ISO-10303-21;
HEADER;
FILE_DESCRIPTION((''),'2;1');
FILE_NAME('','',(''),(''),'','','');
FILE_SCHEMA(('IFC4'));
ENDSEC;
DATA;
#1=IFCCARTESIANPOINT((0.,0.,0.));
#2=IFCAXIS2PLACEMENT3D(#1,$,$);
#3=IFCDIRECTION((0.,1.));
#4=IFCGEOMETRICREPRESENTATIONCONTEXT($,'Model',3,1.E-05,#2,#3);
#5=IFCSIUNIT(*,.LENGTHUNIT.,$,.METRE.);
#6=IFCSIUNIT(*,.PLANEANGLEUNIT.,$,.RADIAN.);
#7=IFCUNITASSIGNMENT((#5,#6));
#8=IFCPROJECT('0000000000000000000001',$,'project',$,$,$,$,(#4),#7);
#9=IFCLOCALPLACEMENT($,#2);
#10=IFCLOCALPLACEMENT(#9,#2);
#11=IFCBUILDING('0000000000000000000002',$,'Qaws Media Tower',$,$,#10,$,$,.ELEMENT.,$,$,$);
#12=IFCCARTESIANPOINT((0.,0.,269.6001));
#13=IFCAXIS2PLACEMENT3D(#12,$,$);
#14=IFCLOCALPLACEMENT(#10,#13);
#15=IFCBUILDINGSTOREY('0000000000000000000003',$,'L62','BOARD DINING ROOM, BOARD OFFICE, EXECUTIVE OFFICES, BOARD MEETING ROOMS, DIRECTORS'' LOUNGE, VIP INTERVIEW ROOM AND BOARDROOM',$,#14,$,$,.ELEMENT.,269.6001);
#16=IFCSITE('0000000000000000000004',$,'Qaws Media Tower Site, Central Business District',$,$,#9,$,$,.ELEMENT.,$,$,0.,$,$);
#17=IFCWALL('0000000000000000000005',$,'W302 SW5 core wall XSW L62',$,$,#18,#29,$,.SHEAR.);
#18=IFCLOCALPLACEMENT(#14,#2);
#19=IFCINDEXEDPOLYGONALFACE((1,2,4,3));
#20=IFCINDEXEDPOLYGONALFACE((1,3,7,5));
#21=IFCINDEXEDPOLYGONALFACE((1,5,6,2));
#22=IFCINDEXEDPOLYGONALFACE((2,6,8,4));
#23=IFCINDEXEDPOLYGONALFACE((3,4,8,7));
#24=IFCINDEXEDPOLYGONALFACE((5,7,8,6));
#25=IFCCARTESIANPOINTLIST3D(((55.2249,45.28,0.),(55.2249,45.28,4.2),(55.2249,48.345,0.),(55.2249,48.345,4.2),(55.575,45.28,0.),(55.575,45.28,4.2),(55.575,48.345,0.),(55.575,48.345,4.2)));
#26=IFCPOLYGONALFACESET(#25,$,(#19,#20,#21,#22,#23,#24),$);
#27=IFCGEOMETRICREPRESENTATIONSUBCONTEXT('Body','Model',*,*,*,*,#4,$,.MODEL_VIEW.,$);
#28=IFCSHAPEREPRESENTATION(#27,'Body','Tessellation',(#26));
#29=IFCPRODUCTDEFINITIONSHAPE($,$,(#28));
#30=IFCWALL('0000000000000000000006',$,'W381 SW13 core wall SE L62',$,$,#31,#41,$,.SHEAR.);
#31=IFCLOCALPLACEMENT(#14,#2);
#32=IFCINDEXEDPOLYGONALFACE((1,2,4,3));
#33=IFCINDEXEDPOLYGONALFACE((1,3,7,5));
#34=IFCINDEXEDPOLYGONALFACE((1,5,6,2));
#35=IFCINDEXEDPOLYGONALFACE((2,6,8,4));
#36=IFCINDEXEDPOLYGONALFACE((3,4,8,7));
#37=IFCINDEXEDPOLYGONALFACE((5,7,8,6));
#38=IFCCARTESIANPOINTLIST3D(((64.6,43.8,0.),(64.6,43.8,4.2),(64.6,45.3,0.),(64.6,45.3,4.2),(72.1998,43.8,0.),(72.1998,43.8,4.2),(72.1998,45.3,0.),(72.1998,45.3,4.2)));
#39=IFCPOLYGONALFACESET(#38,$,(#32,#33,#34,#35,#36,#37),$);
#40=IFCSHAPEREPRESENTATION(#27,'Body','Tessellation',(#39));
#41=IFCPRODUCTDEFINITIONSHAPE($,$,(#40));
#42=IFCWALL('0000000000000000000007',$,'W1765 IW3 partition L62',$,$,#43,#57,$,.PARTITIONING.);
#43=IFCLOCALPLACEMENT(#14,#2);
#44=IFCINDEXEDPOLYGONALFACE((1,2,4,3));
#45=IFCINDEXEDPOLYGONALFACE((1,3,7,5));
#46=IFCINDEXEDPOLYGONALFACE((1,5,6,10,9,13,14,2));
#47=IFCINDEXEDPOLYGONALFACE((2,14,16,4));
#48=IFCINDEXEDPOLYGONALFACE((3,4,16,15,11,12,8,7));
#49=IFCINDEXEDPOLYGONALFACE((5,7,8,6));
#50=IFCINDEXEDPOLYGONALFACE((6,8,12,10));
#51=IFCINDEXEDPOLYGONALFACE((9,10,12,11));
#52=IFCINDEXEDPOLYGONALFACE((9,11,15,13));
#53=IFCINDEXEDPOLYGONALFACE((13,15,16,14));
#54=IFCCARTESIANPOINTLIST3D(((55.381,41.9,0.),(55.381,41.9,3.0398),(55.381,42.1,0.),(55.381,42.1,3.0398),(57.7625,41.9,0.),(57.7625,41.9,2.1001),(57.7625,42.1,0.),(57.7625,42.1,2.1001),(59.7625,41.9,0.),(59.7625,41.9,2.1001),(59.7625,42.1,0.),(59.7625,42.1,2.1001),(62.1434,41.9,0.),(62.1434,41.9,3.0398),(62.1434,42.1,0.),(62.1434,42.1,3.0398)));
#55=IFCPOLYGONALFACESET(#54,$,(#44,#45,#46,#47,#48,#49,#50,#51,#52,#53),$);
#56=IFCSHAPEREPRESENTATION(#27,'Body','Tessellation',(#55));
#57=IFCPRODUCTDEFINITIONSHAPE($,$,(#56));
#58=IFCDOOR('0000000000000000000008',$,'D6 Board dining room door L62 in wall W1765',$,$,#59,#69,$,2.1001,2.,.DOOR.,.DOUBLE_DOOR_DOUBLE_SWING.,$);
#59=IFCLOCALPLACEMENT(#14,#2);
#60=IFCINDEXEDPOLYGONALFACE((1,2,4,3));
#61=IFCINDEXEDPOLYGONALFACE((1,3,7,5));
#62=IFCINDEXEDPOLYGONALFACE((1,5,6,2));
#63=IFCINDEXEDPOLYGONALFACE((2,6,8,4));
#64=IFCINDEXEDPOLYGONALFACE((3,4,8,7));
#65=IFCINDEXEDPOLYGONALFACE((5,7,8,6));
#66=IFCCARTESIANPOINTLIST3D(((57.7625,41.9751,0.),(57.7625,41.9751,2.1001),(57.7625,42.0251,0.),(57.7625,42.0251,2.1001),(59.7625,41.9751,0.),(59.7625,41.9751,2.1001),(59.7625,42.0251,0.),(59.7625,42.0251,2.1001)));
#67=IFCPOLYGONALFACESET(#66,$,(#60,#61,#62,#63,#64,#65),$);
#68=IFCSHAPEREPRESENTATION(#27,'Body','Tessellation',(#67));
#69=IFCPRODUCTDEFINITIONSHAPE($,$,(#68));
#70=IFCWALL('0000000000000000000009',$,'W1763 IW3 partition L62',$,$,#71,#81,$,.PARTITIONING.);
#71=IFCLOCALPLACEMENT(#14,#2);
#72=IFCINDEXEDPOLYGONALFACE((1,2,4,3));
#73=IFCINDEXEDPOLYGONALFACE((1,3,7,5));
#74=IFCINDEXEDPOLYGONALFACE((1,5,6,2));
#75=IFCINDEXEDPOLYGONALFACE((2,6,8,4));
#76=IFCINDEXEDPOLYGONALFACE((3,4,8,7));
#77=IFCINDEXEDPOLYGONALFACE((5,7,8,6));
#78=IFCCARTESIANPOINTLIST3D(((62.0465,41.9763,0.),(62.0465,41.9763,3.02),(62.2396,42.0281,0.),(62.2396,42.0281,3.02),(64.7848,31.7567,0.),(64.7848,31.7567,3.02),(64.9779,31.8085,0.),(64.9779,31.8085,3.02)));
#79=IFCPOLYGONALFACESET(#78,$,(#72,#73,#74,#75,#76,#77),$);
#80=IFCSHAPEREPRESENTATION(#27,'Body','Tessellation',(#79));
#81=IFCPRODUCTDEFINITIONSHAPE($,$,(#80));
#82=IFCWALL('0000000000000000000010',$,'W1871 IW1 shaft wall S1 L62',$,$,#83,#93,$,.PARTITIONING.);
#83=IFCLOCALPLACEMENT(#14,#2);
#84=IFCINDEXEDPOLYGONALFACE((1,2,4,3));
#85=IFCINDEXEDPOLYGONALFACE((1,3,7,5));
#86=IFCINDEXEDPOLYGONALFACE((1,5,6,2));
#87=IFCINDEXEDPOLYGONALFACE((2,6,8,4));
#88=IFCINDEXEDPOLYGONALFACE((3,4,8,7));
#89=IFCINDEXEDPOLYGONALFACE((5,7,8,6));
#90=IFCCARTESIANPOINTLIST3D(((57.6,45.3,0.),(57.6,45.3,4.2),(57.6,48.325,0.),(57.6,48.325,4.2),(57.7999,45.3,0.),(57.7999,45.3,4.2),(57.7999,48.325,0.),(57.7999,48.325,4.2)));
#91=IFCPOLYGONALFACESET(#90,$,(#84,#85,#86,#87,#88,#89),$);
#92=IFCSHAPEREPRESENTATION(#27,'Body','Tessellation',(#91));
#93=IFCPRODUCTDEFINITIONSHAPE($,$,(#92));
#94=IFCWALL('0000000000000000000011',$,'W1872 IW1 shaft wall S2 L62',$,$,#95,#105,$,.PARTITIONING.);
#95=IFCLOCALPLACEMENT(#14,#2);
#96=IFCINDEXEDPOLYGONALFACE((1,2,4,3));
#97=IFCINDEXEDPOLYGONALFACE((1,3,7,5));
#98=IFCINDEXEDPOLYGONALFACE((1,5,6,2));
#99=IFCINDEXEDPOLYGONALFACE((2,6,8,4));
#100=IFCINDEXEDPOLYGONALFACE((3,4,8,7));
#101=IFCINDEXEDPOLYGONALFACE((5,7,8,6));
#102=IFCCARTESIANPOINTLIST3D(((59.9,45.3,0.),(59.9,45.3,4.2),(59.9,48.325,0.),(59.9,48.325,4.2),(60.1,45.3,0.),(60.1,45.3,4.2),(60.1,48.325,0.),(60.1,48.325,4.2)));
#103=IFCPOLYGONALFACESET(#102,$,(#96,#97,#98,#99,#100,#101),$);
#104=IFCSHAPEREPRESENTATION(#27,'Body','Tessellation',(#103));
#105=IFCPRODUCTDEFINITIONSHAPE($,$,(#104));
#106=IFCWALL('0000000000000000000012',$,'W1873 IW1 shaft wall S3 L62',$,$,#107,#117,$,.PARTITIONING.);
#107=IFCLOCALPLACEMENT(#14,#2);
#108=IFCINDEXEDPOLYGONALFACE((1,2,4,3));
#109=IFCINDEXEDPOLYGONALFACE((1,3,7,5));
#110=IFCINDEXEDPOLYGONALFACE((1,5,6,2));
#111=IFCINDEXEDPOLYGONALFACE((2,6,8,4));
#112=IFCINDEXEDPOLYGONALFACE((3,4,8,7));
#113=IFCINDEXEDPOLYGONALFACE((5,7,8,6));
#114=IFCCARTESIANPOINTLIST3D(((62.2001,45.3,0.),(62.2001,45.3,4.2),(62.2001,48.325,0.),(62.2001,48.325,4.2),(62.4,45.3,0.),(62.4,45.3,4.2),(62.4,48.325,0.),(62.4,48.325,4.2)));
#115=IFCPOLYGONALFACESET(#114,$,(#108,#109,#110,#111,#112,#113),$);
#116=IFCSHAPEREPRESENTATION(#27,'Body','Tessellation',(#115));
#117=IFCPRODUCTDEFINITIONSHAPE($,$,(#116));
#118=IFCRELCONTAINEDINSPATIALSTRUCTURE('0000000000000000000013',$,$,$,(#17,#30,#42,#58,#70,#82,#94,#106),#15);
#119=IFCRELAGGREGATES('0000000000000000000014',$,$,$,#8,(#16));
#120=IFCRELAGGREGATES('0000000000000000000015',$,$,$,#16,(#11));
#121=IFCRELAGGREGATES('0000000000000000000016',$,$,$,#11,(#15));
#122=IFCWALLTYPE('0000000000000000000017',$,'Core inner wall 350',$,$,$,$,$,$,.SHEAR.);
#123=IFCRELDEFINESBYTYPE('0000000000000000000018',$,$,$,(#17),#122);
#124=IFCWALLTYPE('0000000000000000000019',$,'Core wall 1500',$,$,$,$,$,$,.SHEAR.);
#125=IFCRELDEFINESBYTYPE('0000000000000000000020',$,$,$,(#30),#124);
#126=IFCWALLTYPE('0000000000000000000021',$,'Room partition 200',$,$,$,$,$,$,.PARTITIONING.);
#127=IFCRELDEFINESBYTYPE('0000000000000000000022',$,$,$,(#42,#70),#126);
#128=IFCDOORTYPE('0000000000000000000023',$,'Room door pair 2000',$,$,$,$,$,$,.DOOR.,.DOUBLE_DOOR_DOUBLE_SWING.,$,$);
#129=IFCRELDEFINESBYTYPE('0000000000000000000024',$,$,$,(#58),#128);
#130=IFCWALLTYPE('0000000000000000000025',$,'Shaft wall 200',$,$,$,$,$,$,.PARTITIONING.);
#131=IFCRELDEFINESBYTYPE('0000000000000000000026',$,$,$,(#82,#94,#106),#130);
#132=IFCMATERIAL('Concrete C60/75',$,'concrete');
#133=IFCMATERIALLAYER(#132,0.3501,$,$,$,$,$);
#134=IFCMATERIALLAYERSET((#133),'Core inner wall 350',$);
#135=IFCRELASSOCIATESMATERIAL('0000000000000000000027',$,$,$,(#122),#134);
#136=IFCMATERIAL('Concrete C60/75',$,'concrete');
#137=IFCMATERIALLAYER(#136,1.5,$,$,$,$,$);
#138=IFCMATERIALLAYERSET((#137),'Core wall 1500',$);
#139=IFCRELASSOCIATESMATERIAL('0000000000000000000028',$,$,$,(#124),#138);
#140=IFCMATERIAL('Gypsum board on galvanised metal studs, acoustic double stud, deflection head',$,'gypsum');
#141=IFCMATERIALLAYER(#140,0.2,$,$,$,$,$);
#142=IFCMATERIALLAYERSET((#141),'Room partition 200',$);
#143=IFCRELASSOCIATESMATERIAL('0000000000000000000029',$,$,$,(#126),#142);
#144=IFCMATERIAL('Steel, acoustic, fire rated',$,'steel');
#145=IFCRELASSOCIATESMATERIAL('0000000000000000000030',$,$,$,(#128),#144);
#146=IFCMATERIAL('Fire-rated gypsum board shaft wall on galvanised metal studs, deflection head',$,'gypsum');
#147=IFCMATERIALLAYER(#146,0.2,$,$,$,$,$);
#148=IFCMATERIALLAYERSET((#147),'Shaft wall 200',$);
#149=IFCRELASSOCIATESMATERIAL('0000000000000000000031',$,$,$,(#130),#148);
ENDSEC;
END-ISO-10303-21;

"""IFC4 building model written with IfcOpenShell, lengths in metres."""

from ifc_helpers import new_model, si_unit, direction, frame, frame_2d, origin, place, context, subcontext, project, spatial, rectangle, extrude, material, layer, layer_set, type_object, element, fill, save


model = new_model("IFC4")

# Units and contexts
model_context = context("Model", 3, precision=1e-05, world=origin(), true_north=direction((0.0, 1.0)))
body_context = subcontext(model_context, "Body", "Model", "MODEL_VIEW")
ifc_project = project(units=[si_unit("LENGTHUNIT", "METRE"), si_unit("PLANEANGLEUNIT", "RADIAN")], contexts=[model_context])

# Site, building, storey
site_placement = place(None, origin())
site = spatial("IfcSite", under=ifc_project, at=site_placement, Name="Qaws Media Tower Site, Central Business District", CompositionType="ELEMENT", RefElevation=0.0)
building_placement = place(site_placement, origin())
building = spatial("IfcBuilding", under=site, at=building_placement, Name="Qaws Media Tower", CompositionType="ELEMENT")
storey_placement = place(building_placement, frame((0.0, 0.0, 269.6001)))
storey = spatial("IfcBuildingStorey", under=building, at=storey_placement, Name="L62", Description="BOARD DINING ROOM, BOARD OFFICE, EXECUTIVE OFFICES, BOARD MEETING ROOMS, DIRECTORS' LOUNGE, VIP INTERVIEW ROOM AND BOARDROOM", CompositionType="ELEMENT", Elevation=269.6001)

# Shared definitions
ifc_material_1 = material(Name="Concrete C60/75", Category="concrete")
ifc_layer_1 = layer(ifc_material_1, 0.3501)
ifc_layer_set_1 = layer_set([ifc_layer_1], Name="Core inner wall 350")
wall_type_1 = type_object("IfcWallType", Name="Core inner wall 350", PredefinedType="SHEAR", material=ifc_layer_set_1)

# Walls
wall_1_placement = place(storey_placement, frame((55.3999, 48.345, 0.0), z_axis=(0.0, 0.0, 1.0), x_axis=(0.0, -1.0, 0.0)))
element("IfcWall", 1, at=wall_1_placement, inside=storey, type_object=wall_type_1, Name="W302 SW5 core wall XSW L62", PredefinedType="SHEAR", context=body_context, shape_type="SweptSolid", body=[
    extrude(rectangle(XDim=3.0649, YDim=0.3501, at=frame_2d((1.5325, 0.0))), origin(), (0.0, 0.0, 1.0), 4.2),
])
ifc_material_2 = material(Name="Concrete C60/75", Category="concrete")
ifc_layer_2 = layer(ifc_material_2, 1.5)
ifc_layer_set_2 = layer_set([ifc_layer_2], Name="Core wall 1500")
wall_type_2 = type_object("IfcWallType", Name="Core wall 1500", PredefinedType="SHEAR", material=ifc_layer_set_2)
wall_2_placement = place(storey_placement, frame((64.6001, 44.55, 0.0), z_axis=(0.0, 0.0, 1.0), x_axis=(1.0, 0.0, 0.0)))
element("IfcWall", 2, at=wall_2_placement, inside=storey, type_object=wall_type_2, Name="W381 SW13 core wall SE L62", PredefinedType="SHEAR", context=body_context, shape_type="SweptSolid", body=[
    extrude(rectangle(XDim=7.5999, YDim=1.5, at=frame_2d((3.7998, 0.0))), origin(), (0.0, 0.0, 1.0), 4.2),
])

# Wall, opening, door
ifc_material_3 = material(Name="Gypsum board on galvanised metal studs, acoustic double stud, deflection head", Category="gypsum")
ifc_layer_3 = layer(ifc_material_3, 0.2)
ifc_layer_set_3 = layer_set([ifc_layer_3], Name="Room partition 200")
wall_type_3 = type_object("IfcWallType", Name="Room partition 200", PredefinedType="PARTITIONING", material=ifc_layer_set_3)
wall_3_placement = place(storey_placement, frame((62.1436, 42.0, 0.0), z_axis=(0.0, 0.0, 1.0), x_axis=(-1.0, 0.0, 0.0)))
wall_3 = element("IfcWall", 3, at=wall_3_placement, inside=storey, type_object=wall_type_3, Name="W1765 IW3 partition L62", PredefinedType="PARTITIONING", context=body_context, shape_type="SweptSolid", body=[
    extrude(rectangle(XDim=6.7625, YDim=0.2, at=frame_2d((3.3813, 0.0))), origin(), (0.0, 0.0, 1.0), 3.0398),
])
opening_1_placement = place(wall_3_placement, frame((2.3811, 0.0, 0.0)))
opening_1 = element("IfcOpeningElement", 4, at=opening_1_placement, cuts=wall_3, PredefinedType="OPENING", context=body_context, shape_type="SweptSolid", body=[
    extrude(rectangle(XDim=2.0, YDim=2.1001, at=frame_2d((1.0, 1.05))), frame((0.0, 0.1099, 0.0), z_axis=(0.0, -1.0, 0.0), x_axis=(1.0, 0.0, 0.0)), (0.0, 0.0, 1.0), 0.22),
])
ifc_material_4 = material(Name="Steel, acoustic, fire rated", Category="steel")
door_type_1 = type_object("IfcDoorType", Name="Room door pair 2000", OperationType="DOUBLE_DOOR_DOUBLE_SWING", PredefinedType="DOOR", material=ifc_material_4)
door_1_placement = place(opening_1_placement, origin())
door_1 = element("IfcDoor", 5, at=door_1_placement, inside=storey, type_object=door_type_1, Name="D6 Board dining room door L62 in wall W1765", OperationType="DOUBLE_DOOR_DOUBLE_SWING", OverallHeight=2.1001, OverallWidth=2.0, PredefinedType="DOOR", context=body_context, shape_type="SweptSolid", body=[
    extrude(rectangle(XDim=2.0, YDim=2.1001, at=frame_2d((1.0, 1.05))), frame((0.0, 0.0249, 0.0), z_axis=(0.0, -1.0, 0.0), x_axis=(1.0, 0.0, 0.0)), (0.0, 0.0, 1.0), 0.05),
])
fill(opening_1, door_1)

# Walls
wall_4_placement = place(storey_placement, frame((62.1431, 42.0022, 0.0), z_axis=(0.0, 0.0, 1.0), x_axis=(0.258817, -0.965926, 0.0)))
element("IfcWall", 6, at=wall_4_placement, inside=storey, type_object=wall_type_3, Name="W1763 IW3 partition L62", PredefinedType="PARTITIONING", context=body_context, shape_type="SweptSolid", body=[
    extrude(rectangle(XDim=10.5801, YDim=0.2, at=frame_2d((5.29, 0.0))), origin(), (0.0, 0.0, 1.0), 3.02),
])
ifc_material_5 = material(Name="Fire-rated gypsum board shaft wall on galvanised metal studs, deflection head", Category="gypsum")
ifc_layer_4 = layer(ifc_material_5, 0.2)
ifc_layer_set_4 = layer_set([ifc_layer_4], Name="Shaft wall 200")
wall_type_4 = type_object("IfcWallType", Name="Shaft wall 200", PredefinedType="PARTITIONING", material=ifc_layer_set_4)
for number, where, z_axis, x_axis, name in (
    (7, (57.7, 45.3, 0.0), (0.0, 0.0, 1.0), (0.0, 1.0, 0.0), "W1871 IW1 shaft wall S1 L62"),
    (8, (60.0, 45.3, 0.0), (0.0, 0.0, 1.0), (0.0, 1.0, 0.0), "W1872 IW1 shaft wall S2 L62"),
    (9, (62.3, 45.3, 0.0), (0.0, 0.0, 1.0), (0.0, 1.0, 0.0), "W1873 IW1 shaft wall S3 L62"),
):
    element("IfcWall", number, at=place(storey_placement, frame(where, z_axis=z_axis, x_axis=x_axis)), inside=storey, type_object=wall_type_4, Name=name, PredefinedType="PARTITIONING", context=body_context, shape_type="SweptSolid", body=[
        extrude(rectangle(XDim=3.0249, YDim=0.2, at=frame_2d((1.5125, 0.0))), origin(), (0.0, 0.0, 1.0), 4.2),
    ])

save(model, "model.ifc")
